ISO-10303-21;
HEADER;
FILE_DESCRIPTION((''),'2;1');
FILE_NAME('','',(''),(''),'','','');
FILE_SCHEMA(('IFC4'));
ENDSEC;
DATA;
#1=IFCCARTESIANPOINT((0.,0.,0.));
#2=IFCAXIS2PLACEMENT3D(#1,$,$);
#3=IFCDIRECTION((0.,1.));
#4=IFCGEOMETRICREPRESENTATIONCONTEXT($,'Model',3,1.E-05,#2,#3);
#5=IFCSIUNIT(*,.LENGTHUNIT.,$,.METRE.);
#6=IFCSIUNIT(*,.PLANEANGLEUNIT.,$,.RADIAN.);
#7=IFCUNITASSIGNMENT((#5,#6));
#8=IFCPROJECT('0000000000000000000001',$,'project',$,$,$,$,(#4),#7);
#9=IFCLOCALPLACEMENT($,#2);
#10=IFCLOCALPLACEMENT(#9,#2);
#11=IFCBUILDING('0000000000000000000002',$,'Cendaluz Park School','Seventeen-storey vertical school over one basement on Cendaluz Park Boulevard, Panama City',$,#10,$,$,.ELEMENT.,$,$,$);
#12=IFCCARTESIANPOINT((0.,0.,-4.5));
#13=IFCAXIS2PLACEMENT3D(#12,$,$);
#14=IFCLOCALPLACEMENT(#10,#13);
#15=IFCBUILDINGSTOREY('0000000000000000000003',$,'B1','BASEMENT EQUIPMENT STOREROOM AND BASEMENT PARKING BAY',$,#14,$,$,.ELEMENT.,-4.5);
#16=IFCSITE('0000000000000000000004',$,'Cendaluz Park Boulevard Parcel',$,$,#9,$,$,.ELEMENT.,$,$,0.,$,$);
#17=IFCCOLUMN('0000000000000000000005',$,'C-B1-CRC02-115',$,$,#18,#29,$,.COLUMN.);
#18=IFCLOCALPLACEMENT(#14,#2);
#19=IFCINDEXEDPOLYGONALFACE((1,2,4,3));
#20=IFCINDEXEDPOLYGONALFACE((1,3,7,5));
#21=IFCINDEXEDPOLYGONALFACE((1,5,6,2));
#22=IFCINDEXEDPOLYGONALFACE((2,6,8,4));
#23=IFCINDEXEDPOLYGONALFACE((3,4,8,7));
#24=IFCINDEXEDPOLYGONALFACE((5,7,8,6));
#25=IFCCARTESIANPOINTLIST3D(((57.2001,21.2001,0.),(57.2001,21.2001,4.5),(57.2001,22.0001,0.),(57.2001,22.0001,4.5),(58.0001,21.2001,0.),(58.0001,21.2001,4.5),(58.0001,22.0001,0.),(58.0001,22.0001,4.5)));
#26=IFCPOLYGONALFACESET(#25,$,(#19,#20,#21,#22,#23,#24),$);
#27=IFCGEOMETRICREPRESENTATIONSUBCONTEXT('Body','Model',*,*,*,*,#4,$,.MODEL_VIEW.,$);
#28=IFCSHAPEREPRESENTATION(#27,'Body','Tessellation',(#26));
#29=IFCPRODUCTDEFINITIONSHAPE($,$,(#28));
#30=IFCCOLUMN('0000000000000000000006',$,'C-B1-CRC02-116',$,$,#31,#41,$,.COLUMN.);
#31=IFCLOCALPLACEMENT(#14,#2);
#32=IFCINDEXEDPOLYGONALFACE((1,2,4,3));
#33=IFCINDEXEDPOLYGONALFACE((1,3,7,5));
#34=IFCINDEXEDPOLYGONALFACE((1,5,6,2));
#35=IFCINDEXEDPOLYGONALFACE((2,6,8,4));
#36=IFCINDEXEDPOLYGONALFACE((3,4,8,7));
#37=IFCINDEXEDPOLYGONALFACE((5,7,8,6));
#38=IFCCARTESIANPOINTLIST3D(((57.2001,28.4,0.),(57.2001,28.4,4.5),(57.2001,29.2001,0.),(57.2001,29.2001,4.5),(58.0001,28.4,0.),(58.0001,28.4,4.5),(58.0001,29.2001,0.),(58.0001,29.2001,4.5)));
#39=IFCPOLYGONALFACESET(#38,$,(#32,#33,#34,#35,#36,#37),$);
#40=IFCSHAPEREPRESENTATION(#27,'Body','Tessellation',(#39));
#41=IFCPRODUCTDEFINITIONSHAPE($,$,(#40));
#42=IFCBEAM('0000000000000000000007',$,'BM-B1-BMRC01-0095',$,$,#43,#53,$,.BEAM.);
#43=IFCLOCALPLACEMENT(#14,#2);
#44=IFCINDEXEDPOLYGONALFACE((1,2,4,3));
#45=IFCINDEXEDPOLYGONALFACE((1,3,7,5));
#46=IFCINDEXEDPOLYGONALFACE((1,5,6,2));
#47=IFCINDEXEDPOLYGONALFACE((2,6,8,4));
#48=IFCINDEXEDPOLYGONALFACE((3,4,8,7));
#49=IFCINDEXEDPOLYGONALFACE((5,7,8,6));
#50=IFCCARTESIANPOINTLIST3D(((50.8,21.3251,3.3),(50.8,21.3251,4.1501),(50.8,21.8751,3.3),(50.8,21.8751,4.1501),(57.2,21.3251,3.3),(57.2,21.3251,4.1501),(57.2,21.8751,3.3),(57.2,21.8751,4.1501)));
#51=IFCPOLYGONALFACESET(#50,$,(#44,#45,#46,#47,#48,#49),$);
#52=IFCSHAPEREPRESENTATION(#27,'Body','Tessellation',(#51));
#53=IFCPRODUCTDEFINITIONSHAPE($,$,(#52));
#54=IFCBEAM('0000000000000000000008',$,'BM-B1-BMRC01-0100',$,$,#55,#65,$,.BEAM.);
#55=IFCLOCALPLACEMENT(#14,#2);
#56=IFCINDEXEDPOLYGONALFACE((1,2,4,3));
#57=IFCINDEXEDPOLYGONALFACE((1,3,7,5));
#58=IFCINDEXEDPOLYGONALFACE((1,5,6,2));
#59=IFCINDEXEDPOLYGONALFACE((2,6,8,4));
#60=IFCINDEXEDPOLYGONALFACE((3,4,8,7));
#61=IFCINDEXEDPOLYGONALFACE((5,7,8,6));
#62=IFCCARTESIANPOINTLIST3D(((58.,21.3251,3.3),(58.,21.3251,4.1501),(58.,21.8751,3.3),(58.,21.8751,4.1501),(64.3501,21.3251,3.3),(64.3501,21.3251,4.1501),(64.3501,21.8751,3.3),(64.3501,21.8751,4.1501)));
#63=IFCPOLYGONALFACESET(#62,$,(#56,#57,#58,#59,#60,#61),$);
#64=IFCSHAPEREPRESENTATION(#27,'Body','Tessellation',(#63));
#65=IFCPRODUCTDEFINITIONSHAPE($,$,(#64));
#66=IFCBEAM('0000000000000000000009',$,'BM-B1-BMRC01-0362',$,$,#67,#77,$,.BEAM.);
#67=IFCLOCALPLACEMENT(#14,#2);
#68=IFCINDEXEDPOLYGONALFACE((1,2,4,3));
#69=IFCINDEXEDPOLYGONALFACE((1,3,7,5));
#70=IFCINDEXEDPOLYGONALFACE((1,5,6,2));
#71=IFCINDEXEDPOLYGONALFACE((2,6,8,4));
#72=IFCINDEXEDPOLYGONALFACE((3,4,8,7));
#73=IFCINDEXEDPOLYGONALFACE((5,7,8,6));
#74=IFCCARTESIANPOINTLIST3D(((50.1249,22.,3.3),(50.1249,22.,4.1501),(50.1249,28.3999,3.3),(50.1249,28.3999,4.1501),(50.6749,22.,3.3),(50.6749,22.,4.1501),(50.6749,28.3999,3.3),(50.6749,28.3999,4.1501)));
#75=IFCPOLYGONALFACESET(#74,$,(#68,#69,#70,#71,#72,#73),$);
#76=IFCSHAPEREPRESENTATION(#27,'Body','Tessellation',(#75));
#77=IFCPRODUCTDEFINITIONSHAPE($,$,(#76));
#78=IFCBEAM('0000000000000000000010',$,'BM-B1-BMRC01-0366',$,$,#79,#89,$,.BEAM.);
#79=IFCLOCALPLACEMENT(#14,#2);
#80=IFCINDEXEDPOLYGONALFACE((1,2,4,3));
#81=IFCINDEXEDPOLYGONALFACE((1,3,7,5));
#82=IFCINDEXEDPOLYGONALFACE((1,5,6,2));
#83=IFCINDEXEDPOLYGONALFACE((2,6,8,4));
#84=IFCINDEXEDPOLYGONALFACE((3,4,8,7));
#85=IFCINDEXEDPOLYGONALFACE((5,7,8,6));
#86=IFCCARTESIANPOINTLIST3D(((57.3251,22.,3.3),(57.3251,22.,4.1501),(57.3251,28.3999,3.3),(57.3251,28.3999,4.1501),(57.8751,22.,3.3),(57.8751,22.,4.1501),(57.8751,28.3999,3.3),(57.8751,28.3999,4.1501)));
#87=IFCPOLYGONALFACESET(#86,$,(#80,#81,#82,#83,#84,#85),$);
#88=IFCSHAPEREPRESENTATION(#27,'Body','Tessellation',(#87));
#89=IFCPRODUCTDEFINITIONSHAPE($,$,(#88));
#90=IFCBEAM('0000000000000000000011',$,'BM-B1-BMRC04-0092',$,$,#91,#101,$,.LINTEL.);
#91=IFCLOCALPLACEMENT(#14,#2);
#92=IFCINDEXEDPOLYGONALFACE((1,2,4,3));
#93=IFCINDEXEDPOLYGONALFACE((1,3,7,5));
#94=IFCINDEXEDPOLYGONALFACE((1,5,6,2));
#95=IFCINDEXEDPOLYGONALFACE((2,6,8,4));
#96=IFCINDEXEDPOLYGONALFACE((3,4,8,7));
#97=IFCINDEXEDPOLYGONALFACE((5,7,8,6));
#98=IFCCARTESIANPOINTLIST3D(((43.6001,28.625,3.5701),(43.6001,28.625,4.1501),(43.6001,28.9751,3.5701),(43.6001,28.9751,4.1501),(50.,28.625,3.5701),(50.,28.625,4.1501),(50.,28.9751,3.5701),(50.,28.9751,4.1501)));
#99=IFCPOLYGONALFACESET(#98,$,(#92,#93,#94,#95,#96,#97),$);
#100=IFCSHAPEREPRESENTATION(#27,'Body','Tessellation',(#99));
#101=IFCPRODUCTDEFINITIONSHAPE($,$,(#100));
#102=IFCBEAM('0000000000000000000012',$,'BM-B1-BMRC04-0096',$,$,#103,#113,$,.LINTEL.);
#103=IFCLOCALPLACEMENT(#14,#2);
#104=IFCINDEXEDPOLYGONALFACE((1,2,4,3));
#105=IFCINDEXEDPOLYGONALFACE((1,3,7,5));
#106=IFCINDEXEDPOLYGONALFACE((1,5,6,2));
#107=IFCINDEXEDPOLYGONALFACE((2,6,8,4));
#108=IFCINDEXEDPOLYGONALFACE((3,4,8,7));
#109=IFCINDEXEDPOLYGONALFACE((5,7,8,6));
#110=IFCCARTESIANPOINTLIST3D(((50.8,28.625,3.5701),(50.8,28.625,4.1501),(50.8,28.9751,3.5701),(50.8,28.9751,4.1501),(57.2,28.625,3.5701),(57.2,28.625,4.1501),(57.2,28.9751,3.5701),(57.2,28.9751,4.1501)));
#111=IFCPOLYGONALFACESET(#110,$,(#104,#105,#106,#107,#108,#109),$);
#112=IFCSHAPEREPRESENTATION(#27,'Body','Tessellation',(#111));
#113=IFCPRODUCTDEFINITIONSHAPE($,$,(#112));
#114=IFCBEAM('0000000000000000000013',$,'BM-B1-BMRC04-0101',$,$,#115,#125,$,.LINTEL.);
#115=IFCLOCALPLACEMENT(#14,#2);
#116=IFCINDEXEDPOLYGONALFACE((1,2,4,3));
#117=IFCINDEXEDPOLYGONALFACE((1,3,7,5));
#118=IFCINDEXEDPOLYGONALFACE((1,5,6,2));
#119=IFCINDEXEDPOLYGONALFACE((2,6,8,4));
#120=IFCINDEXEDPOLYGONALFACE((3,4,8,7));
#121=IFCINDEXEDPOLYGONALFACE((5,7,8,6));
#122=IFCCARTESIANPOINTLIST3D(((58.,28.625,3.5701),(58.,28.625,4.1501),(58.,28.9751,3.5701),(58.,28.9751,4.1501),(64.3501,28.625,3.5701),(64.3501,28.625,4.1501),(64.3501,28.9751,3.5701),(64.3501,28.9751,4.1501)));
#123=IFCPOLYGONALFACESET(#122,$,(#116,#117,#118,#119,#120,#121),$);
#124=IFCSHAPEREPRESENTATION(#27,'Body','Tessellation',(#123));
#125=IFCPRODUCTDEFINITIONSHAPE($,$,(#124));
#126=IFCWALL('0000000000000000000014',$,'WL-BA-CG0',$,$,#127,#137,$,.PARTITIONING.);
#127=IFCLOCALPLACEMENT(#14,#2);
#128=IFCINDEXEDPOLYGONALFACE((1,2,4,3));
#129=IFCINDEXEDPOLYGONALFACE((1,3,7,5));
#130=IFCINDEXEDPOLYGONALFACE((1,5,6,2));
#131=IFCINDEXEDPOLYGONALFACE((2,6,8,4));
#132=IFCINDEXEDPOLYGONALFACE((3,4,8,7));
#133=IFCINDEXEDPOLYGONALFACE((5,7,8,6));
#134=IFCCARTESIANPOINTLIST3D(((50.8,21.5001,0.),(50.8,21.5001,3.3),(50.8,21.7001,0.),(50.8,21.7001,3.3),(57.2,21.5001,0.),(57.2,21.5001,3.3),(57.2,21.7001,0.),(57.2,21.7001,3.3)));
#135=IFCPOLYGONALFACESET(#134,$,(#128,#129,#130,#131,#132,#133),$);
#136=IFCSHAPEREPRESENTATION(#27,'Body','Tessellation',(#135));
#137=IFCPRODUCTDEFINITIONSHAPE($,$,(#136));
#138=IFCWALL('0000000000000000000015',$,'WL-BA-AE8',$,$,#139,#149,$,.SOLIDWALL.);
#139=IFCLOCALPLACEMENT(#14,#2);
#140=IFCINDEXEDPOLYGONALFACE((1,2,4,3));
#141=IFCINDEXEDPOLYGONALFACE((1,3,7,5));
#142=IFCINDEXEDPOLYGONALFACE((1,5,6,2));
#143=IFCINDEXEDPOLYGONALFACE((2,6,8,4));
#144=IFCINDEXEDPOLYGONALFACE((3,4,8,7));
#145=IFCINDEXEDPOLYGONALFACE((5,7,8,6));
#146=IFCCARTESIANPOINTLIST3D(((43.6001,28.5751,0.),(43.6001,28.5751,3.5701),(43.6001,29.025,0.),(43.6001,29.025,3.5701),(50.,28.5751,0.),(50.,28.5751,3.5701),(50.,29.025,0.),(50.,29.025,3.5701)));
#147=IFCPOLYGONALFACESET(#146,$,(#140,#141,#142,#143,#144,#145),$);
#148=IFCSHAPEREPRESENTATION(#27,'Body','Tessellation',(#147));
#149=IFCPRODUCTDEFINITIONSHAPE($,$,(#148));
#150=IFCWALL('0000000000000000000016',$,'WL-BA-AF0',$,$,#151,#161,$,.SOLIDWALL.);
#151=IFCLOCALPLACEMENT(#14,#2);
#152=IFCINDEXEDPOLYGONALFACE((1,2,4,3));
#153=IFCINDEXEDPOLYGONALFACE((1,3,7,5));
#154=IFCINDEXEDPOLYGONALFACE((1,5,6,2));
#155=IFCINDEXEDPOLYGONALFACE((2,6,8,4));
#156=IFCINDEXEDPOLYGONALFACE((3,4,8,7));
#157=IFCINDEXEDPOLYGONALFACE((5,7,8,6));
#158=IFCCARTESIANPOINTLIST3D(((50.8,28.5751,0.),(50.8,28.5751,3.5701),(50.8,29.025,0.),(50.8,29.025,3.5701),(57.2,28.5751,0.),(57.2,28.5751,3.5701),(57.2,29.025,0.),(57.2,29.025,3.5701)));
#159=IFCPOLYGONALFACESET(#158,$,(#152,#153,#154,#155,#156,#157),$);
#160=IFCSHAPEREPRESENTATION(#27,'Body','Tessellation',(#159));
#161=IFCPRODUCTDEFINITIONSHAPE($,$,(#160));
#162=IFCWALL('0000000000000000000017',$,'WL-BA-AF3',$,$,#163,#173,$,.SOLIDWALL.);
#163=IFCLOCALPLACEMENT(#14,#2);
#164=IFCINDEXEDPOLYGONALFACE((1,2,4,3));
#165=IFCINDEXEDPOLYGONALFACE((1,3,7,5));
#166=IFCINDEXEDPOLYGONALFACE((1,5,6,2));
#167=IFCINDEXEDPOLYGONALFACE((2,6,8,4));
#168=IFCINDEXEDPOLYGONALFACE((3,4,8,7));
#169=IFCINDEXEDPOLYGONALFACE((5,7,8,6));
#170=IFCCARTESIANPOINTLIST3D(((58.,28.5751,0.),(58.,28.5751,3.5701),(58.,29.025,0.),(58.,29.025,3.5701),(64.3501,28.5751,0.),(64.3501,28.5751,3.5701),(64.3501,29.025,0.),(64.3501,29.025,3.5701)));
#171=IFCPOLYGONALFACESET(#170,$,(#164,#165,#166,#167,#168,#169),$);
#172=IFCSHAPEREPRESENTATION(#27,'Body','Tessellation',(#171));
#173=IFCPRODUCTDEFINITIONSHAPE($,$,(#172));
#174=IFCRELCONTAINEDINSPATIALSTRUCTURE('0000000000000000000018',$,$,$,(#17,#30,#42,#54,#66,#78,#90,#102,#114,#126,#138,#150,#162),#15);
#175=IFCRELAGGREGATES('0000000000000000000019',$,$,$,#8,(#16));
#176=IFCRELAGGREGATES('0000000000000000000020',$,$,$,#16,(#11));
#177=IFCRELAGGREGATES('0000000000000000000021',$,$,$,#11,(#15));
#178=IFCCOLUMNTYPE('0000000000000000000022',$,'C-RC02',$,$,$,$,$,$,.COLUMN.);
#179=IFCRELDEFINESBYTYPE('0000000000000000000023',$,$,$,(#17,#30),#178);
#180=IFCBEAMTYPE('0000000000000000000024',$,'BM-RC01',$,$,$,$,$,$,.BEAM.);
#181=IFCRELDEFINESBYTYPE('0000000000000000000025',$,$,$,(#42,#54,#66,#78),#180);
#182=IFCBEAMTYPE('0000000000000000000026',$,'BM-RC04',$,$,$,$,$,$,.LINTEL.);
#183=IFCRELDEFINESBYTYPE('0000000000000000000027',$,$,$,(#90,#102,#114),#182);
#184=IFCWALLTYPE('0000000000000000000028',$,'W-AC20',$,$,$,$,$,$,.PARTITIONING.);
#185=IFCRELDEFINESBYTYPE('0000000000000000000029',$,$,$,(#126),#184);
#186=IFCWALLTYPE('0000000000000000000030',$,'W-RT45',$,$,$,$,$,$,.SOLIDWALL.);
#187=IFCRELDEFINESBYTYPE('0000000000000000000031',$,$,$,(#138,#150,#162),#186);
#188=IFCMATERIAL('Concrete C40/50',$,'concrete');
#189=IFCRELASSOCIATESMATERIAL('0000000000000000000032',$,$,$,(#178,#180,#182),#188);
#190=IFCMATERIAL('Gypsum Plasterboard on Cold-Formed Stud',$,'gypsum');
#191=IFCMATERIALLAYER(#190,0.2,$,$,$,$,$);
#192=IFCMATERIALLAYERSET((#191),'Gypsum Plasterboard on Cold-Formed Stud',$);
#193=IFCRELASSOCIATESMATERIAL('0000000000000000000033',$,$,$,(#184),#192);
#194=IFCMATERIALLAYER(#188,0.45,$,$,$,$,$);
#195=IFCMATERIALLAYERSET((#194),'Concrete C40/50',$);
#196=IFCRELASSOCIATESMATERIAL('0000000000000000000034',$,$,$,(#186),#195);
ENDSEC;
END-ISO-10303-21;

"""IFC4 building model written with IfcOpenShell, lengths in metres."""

from ifc_helpers import new_model, si_unit, direction, frame, frame_2d, origin, origin_2d, place, context, subcontext, project, spatial, rectangle, extrude, material, layer, layer_set, material_profile, profile_set, type_object, element, save


model = new_model("IFC4")

# Units and contexts
model_context = context("Model", 3, precision=1e-05, world=origin(), true_north=direction((0.0, 1.0)))
body_context = subcontext(model_context, "Body", "Model", "MODEL_VIEW")
ifc_project = project(units=[si_unit("LENGTHUNIT", "METRE"), si_unit("PLANEANGLEUNIT", "RADIAN")], contexts=[model_context])

# Site, building, storey
site_placement = place(None, origin())
site = spatial("IfcSite", under=ifc_project, at=site_placement, Name="Cendaluz Park Boulevard Parcel", CompositionType="ELEMENT", RefElevation=0.0)
building_placement = place(site_placement, origin())
building = spatial("IfcBuilding", under=site, at=building_placement, Name="Cendaluz Park School", Description="Seventeen-storey vertical school over one basement on Cendaluz Park Boulevard, Panama City", CompositionType="ELEMENT")
storey_placement = place(building_placement, frame((0.0, 0.0, -4.5)))
storey = spatial("IfcBuildingStorey", under=building, at=storey_placement, Name="B1", Description="BASEMENT EQUIPMENT STOREROOM AND BASEMENT PARKING BAY", CompositionType="ELEMENT", Elevation=-4.5)

# Shared definitions
ifc_material_1 = material(Name="Concrete C40/50", Category="concrete")

# Columns
ifc_material_profile_1 = material_profile(ifc_material_1, rectangle(XDim=0.8, YDim=0.8, at=origin_2d()), Name="RC 800x800", Category="concrete")
ifc_profile_set_1 = profile_set([ifc_material_profile_1], Name="Concrete C40/50")
column_type_1 = type_object("IfcColumnType", Name="C-RC02", PredefinedType="COLUMN", material=ifc_profile_set_1)
for number, where, z_axis, x_axis, name in (
    (1, (57.6001, 21.6001, 0.0), (0.0, 0.0, 1.0), (1.0, 0.0, 0.0), "C-B1-CRC02-115"),
    (2, (57.6001, 28.8, 0.0), (0.0, 0.0, 1.0), (1.0, 0.0, 0.0), "C-B1-CRC02-116"),
):
    element("IfcColumn", number, at=place(storey_placement, frame(where, z_axis=z_axis, x_axis=x_axis)), inside=storey, type_object=column_type_1, Name=name, PredefinedType="COLUMN", context=body_context, shape_type="SweptSolid", body=[
        extrude(rectangle(XDim=0.8, YDim=0.8, at=origin_2d()), origin(), (0.0, 0.0, 1.0), 4.5),
    ])

# Beams
ifc_material_profile_2 = material_profile(ifc_material_1, rectangle(XDim=0.55, YDim=0.8501, at=origin_2d()), Name="RC 550x850", Category="concrete")
ifc_profile_set_2 = profile_set([ifc_material_profile_2], Name="Concrete C40/50")
beam_type_1 = type_object("IfcBeamType", Name="BM-RC01", PredefinedType="BEAM", material=ifc_profile_set_2)
beam_1_placement = place(storey_placement, frame((50.8, 21.6001, 3.7251), z_axis=(1.0, 0.0, 0.0), x_axis=(0.0, 1.0, 0.0)))
element("IfcBeam", 3, at=beam_1_placement, inside=storey, type_object=beam_type_1, Name="BM-B1-BMRC01-0095", PredefinedType="BEAM", context=body_context, shape_type="SweptSolid", body=[
    extrude(rectangle(XDim=0.55, YDim=0.8501, at=origin_2d()), origin(), (0.0, 0.0, 1.0), 6.3999),
])
beam_2_placement = place(storey_placement, frame((58.0, 21.6001, 3.7251), z_axis=(1.0, 0.0, 0.0), x_axis=(0.0, 1.0, 0.0)))
element("IfcBeam", 4, at=beam_2_placement, inside=storey, type_object=beam_type_1, Name="BM-B1-BMRC01-0100", PredefinedType="BEAM", context=body_context, shape_type="SweptSolid", body=[
    extrude(rectangle(XDim=0.55, YDim=0.8501, at=origin_2d()), origin(), (0.0, 0.0, 1.0), 6.3501),
])
for number, where, z_axis, x_axis, name in (
    (5, (50.3999, 22.0, 3.7251), (0.0, 1.0, 0.0), (-1.0, 0.0, 0.0), "BM-B1-BMRC01-0362"),
    (6, (57.6001, 22.0, 3.7251), (0.0, 1.0, 0.0), (-1.0, 0.0, 0.0), "BM-B1-BMRC01-0366"),
):
    element("IfcBeam", number, at=place(storey_placement, frame(where, z_axis=z_axis, x_axis=x_axis)), inside=storey, type_object=beam_type_1, Name=name, PredefinedType="BEAM", context=body_context, shape_type="SweptSolid", body=[
        extrude(rectangle(XDim=0.55, YDim=0.8501, at=origin_2d()), origin(), (0.0, 0.0, 1.0), 6.3999),
    ])
ifc_material_profile_3 = material_profile(ifc_material_1, rectangle(XDim=0.3501, YDim=0.5801, at=origin_2d()), Name="RC 350x580", Category="concrete")
ifc_profile_set_3 = profile_set([ifc_material_profile_3], Name="Concrete C40/50")
beam_type_2 = type_object("IfcBeamType", Name="BM-RC04", PredefinedType="LINTEL", material=ifc_profile_set_3)
for number, where, z_axis, x_axis, name in (
    (7, (43.6001, 28.8, 3.8601), (1.0, 0.0, 0.0), (0.0, 1.0, 0.0), "BM-B1-BMRC04-0092"),
    (8, (50.8, 28.8, 3.8601), (1.0, 0.0, 0.0), (0.0, 1.0, 0.0), "BM-B1-BMRC04-0096"),
):
    element("IfcBeam", number, at=place(storey_placement, frame(where, z_axis=z_axis, x_axis=x_axis)), inside=storey, type_object=beam_type_2, Name=name, PredefinedType="LINTEL", context=body_context, shape_type="SweptSolid", body=[
        extrude(rectangle(XDim=0.3501, YDim=0.5801, at=origin_2d()), origin(), (0.0, 0.0, 1.0), 6.3999),
    ])
beam_3_placement = place(storey_placement, frame((58.0, 28.8, 3.8601), z_axis=(1.0, 0.0, 0.0), x_axis=(0.0, 1.0, 0.0)))
element("IfcBeam", 9, at=beam_3_placement, inside=storey, type_object=beam_type_2, Name="BM-B1-BMRC04-0101", PredefinedType="LINTEL", context=body_context, shape_type="SweptSolid", body=[
    extrude(rectangle(XDim=0.3501, YDim=0.5801, at=origin_2d()), origin(), (0.0, 0.0, 1.0), 6.3501),
])

# Walls
ifc_material_2 = material(Name="Gypsum Plasterboard on Cold-Formed Stud", Category="gypsum")
ifc_layer_1 = layer(ifc_material_2, 0.2)
ifc_layer_set_1 = layer_set([ifc_layer_1], Name="Gypsum Plasterboard on Cold-Formed Stud")
wall_type_1 = type_object("IfcWallType", Name="W-AC20", PredefinedType="PARTITIONING", material=ifc_layer_set_1)
wall_1_placement = place(storey_placement, frame((50.8, 21.6001, 0.0), z_axis=(0.0, 0.0, 1.0), x_axis=(1.0, 0.0, 0.0)))
element("IfcWall", 10, at=wall_1_placement, inside=storey, type_object=wall_type_1, Name="WL-BA-CG0", PredefinedType="PARTITIONING", context=body_context, shape_type="SweptSolid", body=[
    extrude(rectangle(XDim=6.3999, YDim=0.2, at=frame_2d((3.2, 0.0))), origin(), (0.0, 0.0, 1.0), 3.3),
])
ifc_layer_2 = layer(ifc_material_1, 0.45)
ifc_layer_set_2 = layer_set([ifc_layer_2], Name="Concrete C40/50")
wall_type_2 = type_object("IfcWallType", Name="W-RT45", PredefinedType="SOLIDWALL", material=ifc_layer_set_2)
for number, where, z_axis, x_axis, name in (
    (11, (43.6001, 28.8, 0.0), (0.0, 0.0, 1.0), (1.0, 0.0, 0.0), "WL-BA-AE8"),
    (12, (50.8, 28.8, 0.0), (0.0, 0.0, 1.0), (1.0, 0.0, 0.0), "WL-BA-AF0"),
):
    element("IfcWall", number, at=place(storey_placement, frame(where, z_axis=z_axis, x_axis=x_axis)), inside=storey, type_object=wall_type_2, Name=name, PredefinedType="SOLIDWALL", context=body_context, shape_type="SweptSolid", body=[
        extrude(rectangle(XDim=6.3999, YDim=0.45, at=frame_2d((3.2, 0.0))), origin(), (0.0, 0.0, 1.0), 3.5701),
    ])
wall_2_placement = place(storey_placement, frame((58.0, 28.8, 0.0), z_axis=(0.0, 0.0, 1.0), x_axis=(1.0, 0.0, 0.0)))
element("IfcWall", 13, at=wall_2_placement, inside=storey, type_object=wall_type_2, Name="WL-BA-AF3", PredefinedType="SOLIDWALL", context=body_context, shape_type="SweptSolid", body=[
    extrude(rectangle(XDim=6.3501, YDim=0.45, at=frame_2d((3.175, 0.0))), origin(), (0.0, 0.0, 1.0), 3.5701),
])

save(model, "model.ifc")
